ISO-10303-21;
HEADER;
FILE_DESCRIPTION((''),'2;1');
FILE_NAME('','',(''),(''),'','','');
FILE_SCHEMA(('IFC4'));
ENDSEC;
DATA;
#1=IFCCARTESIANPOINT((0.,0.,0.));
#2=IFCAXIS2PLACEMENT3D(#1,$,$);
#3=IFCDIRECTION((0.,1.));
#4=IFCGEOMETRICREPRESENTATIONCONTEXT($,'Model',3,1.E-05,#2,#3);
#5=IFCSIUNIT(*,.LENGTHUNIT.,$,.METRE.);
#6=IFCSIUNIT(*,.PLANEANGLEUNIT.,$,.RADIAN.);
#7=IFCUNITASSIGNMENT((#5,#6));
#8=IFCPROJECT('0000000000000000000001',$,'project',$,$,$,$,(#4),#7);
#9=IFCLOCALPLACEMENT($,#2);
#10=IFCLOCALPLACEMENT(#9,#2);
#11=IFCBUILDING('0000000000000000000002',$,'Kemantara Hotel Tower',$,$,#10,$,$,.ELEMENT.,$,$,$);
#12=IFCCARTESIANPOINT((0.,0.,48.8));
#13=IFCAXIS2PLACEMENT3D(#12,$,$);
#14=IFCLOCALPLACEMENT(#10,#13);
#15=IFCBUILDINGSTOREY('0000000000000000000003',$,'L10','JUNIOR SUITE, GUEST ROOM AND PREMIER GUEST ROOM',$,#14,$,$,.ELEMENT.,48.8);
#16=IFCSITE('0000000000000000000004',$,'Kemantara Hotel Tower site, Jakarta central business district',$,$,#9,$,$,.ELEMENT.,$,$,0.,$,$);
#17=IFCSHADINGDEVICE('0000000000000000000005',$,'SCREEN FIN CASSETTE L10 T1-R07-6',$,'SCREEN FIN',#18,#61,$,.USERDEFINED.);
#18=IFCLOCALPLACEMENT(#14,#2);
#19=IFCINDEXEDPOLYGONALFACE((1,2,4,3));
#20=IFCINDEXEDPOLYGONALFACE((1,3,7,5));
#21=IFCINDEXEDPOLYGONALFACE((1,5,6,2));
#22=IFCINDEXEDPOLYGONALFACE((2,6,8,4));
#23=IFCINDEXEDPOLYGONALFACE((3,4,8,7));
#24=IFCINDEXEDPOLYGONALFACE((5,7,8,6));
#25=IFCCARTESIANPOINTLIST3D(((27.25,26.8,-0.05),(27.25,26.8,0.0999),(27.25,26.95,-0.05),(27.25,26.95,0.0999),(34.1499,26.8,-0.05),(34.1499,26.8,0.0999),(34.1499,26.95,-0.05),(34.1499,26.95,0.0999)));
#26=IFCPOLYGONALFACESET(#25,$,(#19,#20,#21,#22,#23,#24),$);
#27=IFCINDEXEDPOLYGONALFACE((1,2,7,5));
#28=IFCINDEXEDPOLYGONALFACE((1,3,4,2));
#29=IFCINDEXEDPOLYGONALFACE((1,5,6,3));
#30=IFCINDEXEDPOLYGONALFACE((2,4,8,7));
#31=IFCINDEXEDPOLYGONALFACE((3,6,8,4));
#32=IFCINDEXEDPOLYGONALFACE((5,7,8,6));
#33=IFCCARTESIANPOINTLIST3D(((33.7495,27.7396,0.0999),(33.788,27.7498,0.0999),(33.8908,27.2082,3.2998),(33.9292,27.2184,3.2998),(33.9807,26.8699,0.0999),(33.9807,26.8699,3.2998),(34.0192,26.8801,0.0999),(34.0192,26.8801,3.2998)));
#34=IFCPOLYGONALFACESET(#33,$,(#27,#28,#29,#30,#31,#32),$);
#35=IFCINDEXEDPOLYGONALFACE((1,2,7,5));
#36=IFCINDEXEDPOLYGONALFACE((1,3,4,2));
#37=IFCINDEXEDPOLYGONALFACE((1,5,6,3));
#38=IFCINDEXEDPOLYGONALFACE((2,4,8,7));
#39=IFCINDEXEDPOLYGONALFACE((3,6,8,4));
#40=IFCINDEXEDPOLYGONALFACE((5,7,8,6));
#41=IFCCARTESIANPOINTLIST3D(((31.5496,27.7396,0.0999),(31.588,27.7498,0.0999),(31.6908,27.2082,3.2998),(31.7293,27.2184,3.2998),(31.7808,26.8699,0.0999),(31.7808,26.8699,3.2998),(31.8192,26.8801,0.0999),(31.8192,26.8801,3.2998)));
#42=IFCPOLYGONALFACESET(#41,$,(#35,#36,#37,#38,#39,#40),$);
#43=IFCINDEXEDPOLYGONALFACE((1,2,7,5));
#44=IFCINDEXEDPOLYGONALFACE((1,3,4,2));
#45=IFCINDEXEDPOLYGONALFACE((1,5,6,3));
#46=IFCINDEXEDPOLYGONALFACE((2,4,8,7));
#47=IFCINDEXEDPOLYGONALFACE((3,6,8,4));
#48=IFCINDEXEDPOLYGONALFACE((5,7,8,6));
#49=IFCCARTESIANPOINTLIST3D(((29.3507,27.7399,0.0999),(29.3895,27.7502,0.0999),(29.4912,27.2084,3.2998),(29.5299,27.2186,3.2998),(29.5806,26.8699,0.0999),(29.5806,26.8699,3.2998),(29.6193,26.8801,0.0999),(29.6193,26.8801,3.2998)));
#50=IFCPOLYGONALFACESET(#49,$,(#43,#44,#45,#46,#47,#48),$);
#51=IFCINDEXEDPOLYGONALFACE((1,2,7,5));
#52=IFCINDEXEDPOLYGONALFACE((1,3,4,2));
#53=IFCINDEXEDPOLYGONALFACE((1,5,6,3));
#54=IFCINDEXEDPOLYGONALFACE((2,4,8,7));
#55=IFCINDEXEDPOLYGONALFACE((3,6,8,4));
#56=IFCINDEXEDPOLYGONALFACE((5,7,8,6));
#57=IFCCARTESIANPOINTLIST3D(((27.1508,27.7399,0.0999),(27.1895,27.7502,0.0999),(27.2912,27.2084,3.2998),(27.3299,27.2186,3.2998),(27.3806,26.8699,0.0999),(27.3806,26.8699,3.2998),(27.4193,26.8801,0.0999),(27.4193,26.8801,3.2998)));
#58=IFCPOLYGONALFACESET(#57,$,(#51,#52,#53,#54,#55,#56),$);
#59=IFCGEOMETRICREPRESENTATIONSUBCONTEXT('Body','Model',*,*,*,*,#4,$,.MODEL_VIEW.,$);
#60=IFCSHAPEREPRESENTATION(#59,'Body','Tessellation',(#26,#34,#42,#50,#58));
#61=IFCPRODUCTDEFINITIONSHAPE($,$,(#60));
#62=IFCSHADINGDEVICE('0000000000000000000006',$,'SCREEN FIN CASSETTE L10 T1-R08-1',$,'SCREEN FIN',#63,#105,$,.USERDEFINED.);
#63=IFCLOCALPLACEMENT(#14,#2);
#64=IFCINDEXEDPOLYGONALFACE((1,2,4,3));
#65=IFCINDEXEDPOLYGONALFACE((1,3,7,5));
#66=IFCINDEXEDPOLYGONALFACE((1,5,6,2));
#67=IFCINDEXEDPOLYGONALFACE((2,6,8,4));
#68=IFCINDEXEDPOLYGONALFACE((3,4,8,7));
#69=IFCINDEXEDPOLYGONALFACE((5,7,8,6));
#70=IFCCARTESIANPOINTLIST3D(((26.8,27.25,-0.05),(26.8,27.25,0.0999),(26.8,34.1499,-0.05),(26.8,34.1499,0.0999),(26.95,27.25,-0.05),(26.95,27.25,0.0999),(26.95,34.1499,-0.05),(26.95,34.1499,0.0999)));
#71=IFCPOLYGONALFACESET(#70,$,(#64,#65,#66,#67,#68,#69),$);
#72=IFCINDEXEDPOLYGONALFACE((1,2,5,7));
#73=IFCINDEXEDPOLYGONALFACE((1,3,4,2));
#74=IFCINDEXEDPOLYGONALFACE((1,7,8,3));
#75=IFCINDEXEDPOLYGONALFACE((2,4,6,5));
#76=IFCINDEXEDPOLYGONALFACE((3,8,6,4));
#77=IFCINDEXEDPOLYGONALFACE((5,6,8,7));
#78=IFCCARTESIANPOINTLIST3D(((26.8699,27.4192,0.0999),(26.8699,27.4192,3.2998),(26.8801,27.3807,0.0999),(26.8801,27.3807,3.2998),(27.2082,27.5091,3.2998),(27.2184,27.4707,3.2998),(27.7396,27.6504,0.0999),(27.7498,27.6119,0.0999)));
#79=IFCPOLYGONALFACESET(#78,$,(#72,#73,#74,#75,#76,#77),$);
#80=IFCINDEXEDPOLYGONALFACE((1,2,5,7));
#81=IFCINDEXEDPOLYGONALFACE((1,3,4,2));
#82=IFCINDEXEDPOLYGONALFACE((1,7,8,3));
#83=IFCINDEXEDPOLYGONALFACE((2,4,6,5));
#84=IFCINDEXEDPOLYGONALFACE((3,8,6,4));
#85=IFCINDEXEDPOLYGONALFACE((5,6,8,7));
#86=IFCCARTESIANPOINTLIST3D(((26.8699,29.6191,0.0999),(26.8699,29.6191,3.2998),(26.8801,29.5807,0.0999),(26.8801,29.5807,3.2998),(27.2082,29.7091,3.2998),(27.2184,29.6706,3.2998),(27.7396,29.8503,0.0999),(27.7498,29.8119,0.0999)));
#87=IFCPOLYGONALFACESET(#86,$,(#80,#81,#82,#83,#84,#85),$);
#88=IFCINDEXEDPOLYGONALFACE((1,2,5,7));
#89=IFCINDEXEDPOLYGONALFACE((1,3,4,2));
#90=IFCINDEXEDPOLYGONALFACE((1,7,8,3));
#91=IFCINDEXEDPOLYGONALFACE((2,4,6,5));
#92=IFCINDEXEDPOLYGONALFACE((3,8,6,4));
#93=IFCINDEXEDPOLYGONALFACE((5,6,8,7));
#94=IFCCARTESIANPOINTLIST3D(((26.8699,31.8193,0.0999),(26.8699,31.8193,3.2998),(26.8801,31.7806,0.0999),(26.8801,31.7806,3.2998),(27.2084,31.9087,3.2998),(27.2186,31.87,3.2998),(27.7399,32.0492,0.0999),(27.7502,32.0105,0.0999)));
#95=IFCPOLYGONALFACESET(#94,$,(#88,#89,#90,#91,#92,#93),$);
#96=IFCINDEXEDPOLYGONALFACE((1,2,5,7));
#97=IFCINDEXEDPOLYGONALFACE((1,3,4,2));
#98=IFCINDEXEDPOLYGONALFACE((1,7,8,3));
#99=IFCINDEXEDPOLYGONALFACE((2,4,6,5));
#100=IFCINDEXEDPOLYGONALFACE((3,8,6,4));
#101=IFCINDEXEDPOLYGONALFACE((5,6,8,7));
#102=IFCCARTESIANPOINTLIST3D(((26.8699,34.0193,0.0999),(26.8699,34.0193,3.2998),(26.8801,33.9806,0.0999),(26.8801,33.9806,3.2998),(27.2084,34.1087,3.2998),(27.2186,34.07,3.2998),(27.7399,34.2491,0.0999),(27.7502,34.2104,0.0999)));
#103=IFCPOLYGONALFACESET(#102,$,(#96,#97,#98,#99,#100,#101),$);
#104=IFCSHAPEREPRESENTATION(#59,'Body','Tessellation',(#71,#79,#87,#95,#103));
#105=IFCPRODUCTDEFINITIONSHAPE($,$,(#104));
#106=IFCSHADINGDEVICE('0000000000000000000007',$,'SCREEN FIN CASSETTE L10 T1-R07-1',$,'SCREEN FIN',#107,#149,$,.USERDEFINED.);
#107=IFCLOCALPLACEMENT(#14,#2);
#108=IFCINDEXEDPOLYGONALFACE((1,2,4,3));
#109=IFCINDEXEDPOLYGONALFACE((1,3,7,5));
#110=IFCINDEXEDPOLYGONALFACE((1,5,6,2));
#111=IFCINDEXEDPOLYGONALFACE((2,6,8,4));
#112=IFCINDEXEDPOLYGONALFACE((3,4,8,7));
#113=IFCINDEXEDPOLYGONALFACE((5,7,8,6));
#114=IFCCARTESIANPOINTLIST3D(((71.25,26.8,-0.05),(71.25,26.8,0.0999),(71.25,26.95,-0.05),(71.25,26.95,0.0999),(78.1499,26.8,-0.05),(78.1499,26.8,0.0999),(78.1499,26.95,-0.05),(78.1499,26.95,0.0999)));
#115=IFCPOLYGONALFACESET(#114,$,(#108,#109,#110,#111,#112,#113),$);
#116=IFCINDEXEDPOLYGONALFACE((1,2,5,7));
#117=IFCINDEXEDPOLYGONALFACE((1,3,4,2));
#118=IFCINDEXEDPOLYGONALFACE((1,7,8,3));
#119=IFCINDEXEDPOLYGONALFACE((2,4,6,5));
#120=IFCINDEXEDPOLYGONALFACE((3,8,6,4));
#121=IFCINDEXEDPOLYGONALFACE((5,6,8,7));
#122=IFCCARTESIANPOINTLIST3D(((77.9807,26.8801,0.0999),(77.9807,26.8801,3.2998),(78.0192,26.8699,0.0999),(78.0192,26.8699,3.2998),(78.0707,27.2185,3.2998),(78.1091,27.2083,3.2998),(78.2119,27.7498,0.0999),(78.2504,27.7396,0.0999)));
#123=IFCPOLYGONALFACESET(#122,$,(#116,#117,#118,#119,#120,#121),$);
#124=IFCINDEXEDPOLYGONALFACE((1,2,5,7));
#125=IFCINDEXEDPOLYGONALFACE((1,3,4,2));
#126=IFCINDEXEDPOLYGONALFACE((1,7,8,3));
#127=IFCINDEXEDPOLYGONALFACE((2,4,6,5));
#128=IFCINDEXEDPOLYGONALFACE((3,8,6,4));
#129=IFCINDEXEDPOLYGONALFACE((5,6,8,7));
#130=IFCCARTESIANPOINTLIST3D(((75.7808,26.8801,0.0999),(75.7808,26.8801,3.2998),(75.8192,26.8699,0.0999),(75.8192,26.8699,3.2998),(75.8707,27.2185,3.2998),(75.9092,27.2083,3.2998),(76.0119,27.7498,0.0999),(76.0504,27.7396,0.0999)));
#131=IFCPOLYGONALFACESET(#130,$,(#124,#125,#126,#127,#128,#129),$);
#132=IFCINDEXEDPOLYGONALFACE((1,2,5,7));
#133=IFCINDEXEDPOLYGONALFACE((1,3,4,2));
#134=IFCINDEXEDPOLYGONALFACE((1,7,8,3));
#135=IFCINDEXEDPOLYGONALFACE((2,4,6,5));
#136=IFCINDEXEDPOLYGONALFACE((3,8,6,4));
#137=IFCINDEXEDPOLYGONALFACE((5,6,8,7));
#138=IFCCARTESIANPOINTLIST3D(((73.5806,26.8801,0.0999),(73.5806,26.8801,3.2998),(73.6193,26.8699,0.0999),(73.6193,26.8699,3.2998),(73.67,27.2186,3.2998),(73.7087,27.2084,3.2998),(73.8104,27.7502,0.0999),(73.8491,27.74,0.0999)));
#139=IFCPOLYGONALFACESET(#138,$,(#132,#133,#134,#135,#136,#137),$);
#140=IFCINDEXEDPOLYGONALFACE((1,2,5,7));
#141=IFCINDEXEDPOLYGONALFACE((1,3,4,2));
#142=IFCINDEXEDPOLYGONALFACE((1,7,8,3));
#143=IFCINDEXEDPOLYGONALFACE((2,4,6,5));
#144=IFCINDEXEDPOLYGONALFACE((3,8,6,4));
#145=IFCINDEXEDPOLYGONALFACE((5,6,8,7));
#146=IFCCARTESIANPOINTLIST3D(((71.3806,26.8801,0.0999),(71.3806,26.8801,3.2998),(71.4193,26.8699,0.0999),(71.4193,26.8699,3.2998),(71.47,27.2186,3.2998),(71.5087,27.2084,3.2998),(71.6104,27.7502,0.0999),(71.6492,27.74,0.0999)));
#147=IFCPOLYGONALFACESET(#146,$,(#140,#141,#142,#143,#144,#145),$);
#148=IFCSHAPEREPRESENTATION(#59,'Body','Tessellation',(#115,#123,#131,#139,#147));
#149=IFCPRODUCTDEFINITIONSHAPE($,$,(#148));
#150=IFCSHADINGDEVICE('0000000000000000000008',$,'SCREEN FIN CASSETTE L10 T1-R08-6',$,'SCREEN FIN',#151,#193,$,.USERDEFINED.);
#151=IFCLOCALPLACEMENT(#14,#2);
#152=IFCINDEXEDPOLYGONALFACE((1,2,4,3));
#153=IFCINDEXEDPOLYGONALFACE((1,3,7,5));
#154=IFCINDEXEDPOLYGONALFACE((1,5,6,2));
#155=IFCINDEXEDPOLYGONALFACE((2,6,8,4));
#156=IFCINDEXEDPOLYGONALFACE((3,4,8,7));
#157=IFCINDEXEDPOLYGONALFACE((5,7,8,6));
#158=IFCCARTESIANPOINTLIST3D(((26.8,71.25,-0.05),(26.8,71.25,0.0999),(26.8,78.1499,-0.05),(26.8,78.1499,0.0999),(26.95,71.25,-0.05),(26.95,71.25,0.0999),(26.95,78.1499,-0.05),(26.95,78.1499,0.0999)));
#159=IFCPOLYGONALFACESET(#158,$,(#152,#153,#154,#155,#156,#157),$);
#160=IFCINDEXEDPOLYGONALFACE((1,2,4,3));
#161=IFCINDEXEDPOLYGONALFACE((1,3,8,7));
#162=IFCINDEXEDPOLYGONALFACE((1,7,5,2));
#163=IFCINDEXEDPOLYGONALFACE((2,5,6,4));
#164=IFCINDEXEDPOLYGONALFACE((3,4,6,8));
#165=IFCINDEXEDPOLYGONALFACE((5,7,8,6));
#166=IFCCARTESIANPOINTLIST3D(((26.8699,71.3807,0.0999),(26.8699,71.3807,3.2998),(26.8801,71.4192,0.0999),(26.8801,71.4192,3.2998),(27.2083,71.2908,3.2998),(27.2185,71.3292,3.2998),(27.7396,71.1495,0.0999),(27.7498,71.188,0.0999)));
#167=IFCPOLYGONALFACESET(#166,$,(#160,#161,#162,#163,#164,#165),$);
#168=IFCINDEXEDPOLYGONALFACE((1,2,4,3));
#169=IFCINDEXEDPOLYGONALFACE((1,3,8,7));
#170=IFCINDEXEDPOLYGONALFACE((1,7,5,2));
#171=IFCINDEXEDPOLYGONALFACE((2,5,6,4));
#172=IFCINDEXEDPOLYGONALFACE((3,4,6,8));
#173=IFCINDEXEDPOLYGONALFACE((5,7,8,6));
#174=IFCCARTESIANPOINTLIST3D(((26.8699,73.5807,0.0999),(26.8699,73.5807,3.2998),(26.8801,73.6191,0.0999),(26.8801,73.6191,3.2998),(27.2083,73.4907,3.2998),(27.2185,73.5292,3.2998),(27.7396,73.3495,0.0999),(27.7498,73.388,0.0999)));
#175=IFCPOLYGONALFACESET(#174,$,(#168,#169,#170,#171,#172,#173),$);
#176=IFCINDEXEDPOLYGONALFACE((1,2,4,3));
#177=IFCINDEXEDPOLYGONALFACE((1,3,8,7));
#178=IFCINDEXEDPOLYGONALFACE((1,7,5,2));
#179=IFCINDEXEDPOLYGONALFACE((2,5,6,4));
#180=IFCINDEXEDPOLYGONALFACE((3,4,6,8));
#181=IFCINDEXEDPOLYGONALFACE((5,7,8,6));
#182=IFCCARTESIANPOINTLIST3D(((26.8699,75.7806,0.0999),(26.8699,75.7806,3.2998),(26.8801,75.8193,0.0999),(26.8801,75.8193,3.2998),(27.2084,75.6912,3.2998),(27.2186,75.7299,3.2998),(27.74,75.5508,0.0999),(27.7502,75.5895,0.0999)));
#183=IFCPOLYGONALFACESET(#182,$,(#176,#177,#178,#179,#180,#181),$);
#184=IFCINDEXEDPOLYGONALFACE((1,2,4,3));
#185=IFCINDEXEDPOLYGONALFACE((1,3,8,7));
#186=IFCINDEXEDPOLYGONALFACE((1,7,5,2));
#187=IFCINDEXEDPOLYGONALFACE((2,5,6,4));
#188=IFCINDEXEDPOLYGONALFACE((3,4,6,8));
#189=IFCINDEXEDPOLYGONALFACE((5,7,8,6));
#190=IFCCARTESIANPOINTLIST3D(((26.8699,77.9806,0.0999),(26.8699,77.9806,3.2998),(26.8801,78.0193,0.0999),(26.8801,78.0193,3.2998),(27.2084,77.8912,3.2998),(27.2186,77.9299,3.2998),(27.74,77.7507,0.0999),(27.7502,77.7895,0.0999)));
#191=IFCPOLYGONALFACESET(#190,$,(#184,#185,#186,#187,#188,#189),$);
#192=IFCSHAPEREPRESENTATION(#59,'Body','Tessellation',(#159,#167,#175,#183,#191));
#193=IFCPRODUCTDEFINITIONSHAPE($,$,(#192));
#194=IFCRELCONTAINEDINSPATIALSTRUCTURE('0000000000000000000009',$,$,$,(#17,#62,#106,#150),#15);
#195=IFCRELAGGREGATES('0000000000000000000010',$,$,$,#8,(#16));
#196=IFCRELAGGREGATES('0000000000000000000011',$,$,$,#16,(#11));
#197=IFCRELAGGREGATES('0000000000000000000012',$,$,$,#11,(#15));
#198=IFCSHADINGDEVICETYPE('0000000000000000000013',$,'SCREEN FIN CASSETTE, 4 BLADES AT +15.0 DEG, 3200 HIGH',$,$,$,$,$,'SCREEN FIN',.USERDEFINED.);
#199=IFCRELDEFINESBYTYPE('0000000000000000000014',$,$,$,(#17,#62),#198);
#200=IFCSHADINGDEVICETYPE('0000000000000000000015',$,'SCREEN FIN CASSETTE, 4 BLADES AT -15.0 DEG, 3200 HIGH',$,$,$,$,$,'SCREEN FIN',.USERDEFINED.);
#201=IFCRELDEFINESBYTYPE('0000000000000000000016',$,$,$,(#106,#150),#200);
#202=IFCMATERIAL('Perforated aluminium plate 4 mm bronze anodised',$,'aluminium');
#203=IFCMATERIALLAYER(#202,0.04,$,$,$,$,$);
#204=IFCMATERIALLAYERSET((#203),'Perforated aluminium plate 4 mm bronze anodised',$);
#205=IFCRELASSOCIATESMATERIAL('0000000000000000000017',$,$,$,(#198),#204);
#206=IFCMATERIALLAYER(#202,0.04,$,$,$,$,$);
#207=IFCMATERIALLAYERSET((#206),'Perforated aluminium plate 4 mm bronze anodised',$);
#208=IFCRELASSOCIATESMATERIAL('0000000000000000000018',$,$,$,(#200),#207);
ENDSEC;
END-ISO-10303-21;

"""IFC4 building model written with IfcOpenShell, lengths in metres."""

from ifc_helpers import new_model, si_unit, direction, frame, origin, origin_2d, place, context, subcontext, project, spatial, polyline, rectangle, outline, extrude, source, transform, mapped, material, layer, layer_set, type_object, element, save


model = new_model("IFC4")

# Units and contexts
model_context = context("Model", 3, precision=1e-05, world=origin(), true_north=direction((0.0, 1.0)))
body_context = subcontext(model_context, "Body", "Model", "MODEL_VIEW")
ifc_project = project(units=[si_unit("LENGTHUNIT", "METRE"), si_unit("PLANEANGLEUNIT", "RADIAN")], contexts=[model_context])

# Site, building, storey
site_placement = place(None, origin())
site = spatial("IfcSite", under=ifc_project, at=site_placement, Name="Kemantara Hotel Tower site, Jakarta central business district", CompositionType="ELEMENT", RefElevation=0.0)
building_placement = place(site_placement, origin())
building = spatial("IfcBuilding", under=site, at=building_placement, Name="Kemantara Hotel Tower", CompositionType="ELEMENT")
storey_placement = place(building_placement, frame((0.0, 0.0, 48.8)))
storey = spatial("IfcBuildingStorey", under=building, at=storey_placement, Name="L10", Description="JUNIOR SUITE, GUEST ROOM AND PREMIER GUEST ROOM", CompositionType="ELEMENT", Elevation=48.8)

# Shading devices
ifc_material_1 = material(Name="Perforated aluminium plate 4 mm bronze anodised", Category="aluminium")
ifc_layer_1 = layer(ifc_material_1, 0.04)
ifc_layer_set_1 = layer_set([ifc_layer_1], Name="Perforated aluminium plate 4 mm bronze anodised")
shading_device_type_1 = type_object("IfcShadingDeviceType", Name="SCREEN FIN CASSETTE, 4 BLADES AT +15.0 DEG, 3200 HIGH", ElementType="SCREEN FIN", PredefinedType="USERDEFINED", material=ifc_layer_set_1)
shared_shape_1 = source(origin(), body_context, "Body", "SweptSolid", [
    extrude(rectangle(XDim=6.8999, YDim=0.1499, at=origin_2d()), frame((3.3, -0.075, -0.1499), z_axis=(0.0, 0.0, 1.0), x_axis=(1.0, 0.0, 0.0)), (0.0, 0.0, 1.0), 0.1499),
    extrude(outline(polyline([(0.0, 0.0), (0.8999, 0.0), (0.3501, 3.2), (0.0, 3.2), (0.0, 0.0)])), frame((0.0193, -0.0698, 0.0), z_axis=(-0.966438, -0.256901, 0.0), x_axis=(0.256901, -0.966438, 0.0)), (0.0, 0.0, 1.0), 0.0398),
    extrude(outline(polyline([(0.0, 0.0), (0.8999, 0.0), (0.3501, 3.2), (0.0, 3.2), (0.0, 0.0)])), frame((2.2192, -0.0698, 0.0), z_axis=(-0.966438, -0.256901, 0.0), x_axis=(0.256901, -0.966438, 0.0)), (0.0, 0.0, 1.0), 0.0398),
    extrude(outline(polyline([(0.0, 0.0), (0.8999, 0.0), (0.3501, 3.2), (0.0, 3.2), (0.0, 0.0)])), frame((4.4194, -0.0698, 0.0), z_axis=(-0.966838, -0.255391, 0.0), x_axis=(0.255391, -0.966838, 0.0)), (0.0, 0.0, 1.0), 0.04),
    extrude(outline(polyline([(0.0, 0.0), (0.8999, 0.0), (0.3501, 3.2), (0.0, 3.2), (0.0, 0.0)])), frame((6.6194, -0.0698, 0.0), z_axis=(-0.966838, -0.255391, 0.0), x_axis=(0.255391, -0.966838, 0.0)), (0.0, 0.0, 1.0), 0.04),
])
for number, where, z_axis, x_axis, name in (
    (1, (34.0, 26.8, 0.0999), (0.0, 0.0, 1.0), (-1.0, 0.0, 0.0), "SCREEN FIN CASSETTE L10 T1-R07-6"),
    (2, (26.8, 27.3999, 0.0999), (0.0, 0.0, 1.0), (0.0, 1.0, 0.0), "SCREEN FIN CASSETTE L10 T1-R08-1"),
):
    element("IfcShadingDevice", number, at=place(storey_placement, frame(where, z_axis=z_axis, x_axis=x_axis)), inside=storey, type_object=shading_device_type_1, Name=name, ObjectType="SCREEN FIN", PredefinedType="USERDEFINED", context=body_context, shape_type="MappedRepresentation", body=[
        mapped(shared_shape_1, transform((0.0, 0.0, 0.0))),
    ])
ifc_layer_2 = layer(ifc_material_1, 0.04)
ifc_layer_set_2 = layer_set([ifc_layer_2], Name="Perforated aluminium plate 4 mm bronze anodised")
shading_device_type_2 = type_object("IfcShadingDeviceType", Name="SCREEN FIN CASSETTE, 4 BLADES AT -15.0 DEG, 3200 HIGH", ElementType="SCREEN FIN", PredefinedType="USERDEFINED", material=ifc_layer_set_2)
shared_shape_2 = source(origin(), body_context, "Body", "SweptSolid", [
    extrude(rectangle(XDim=6.8999, YDim=0.1499, at=origin_2d()), frame((3.3, -0.075, -0.1499), z_axis=(0.0, 0.0, 1.0), x_axis=(1.0, 0.0, 0.0)), (0.0, 0.0, 1.0), 0.1499),
    extrude(outline(polyline([(0.0, 0.0), (0.8999, 0.0), (0.3501, 3.2), (0.0, 3.2), (0.0, 0.0)])), frame((0.0193, -0.0801, 0.0), z_axis=(-0.966438, 0.256901, 0.0), x_axis=(-0.256901, -0.966438, 0.0)), (0.0, 0.0, 1.0), 0.0398),
    extrude(outline(polyline([(0.0, 0.0), (0.8999, 0.0), (0.3501, 3.2), (0.0, 3.2), (0.0, 0.0)])), frame((2.2192, -0.0801, 0.0), z_axis=(-0.966438, 0.256901, 0.0), x_axis=(-0.256901, -0.966438, 0.0)), (0.0, 0.0, 1.0), 0.0398),
    extrude(outline(polyline([(0.0, 0.0), (0.8999, 0.0), (0.3501, 3.2), (0.0, 3.2), (0.0, 0.0)])), frame((4.4194, -0.0801, 0.0), z_axis=(-0.966838, 0.255391, 0.0), x_axis=(-0.255391, -0.966838, 0.0)), (0.0, 0.0, 1.0), 0.04),
    extrude(outline(polyline([(0.0, 0.0), (0.8999, 0.0), (0.3501, 3.2), (0.0, 3.2), (0.0, 0.0)])), frame((6.6194, -0.0801, 0.0), z_axis=(-0.966838, 0.255391, 0.0), x_axis=(-0.255391, -0.966838, 0.0)), (0.0, 0.0, 1.0), 0.04),
])
for number, where, z_axis, x_axis, name in (
    (3, (78.0, 26.8, 0.0999), (0.0, 0.0, 1.0), (-1.0, 0.0, 0.0), "SCREEN FIN CASSETTE L10 T1-R07-1"),
    (4, (26.8, 71.3999, 0.0999), (0.0, 0.0, 1.0), (0.0, 1.0, 0.0), "SCREEN FIN CASSETTE L10 T1-R08-6"),
):
    element("IfcShadingDevice", number, at=place(storey_placement, frame(where, z_axis=z_axis, x_axis=x_axis)), inside=storey, type_object=shading_device_type_2, Name=name, ObjectType="SCREEN FIN", PredefinedType="USERDEFINED", context=body_context, shape_type="MappedRepresentation", body=[
        mapped(shared_shape_2, transform((0.0, 0.0, 0.0))),
    ])

save(model, "model.ifc")
